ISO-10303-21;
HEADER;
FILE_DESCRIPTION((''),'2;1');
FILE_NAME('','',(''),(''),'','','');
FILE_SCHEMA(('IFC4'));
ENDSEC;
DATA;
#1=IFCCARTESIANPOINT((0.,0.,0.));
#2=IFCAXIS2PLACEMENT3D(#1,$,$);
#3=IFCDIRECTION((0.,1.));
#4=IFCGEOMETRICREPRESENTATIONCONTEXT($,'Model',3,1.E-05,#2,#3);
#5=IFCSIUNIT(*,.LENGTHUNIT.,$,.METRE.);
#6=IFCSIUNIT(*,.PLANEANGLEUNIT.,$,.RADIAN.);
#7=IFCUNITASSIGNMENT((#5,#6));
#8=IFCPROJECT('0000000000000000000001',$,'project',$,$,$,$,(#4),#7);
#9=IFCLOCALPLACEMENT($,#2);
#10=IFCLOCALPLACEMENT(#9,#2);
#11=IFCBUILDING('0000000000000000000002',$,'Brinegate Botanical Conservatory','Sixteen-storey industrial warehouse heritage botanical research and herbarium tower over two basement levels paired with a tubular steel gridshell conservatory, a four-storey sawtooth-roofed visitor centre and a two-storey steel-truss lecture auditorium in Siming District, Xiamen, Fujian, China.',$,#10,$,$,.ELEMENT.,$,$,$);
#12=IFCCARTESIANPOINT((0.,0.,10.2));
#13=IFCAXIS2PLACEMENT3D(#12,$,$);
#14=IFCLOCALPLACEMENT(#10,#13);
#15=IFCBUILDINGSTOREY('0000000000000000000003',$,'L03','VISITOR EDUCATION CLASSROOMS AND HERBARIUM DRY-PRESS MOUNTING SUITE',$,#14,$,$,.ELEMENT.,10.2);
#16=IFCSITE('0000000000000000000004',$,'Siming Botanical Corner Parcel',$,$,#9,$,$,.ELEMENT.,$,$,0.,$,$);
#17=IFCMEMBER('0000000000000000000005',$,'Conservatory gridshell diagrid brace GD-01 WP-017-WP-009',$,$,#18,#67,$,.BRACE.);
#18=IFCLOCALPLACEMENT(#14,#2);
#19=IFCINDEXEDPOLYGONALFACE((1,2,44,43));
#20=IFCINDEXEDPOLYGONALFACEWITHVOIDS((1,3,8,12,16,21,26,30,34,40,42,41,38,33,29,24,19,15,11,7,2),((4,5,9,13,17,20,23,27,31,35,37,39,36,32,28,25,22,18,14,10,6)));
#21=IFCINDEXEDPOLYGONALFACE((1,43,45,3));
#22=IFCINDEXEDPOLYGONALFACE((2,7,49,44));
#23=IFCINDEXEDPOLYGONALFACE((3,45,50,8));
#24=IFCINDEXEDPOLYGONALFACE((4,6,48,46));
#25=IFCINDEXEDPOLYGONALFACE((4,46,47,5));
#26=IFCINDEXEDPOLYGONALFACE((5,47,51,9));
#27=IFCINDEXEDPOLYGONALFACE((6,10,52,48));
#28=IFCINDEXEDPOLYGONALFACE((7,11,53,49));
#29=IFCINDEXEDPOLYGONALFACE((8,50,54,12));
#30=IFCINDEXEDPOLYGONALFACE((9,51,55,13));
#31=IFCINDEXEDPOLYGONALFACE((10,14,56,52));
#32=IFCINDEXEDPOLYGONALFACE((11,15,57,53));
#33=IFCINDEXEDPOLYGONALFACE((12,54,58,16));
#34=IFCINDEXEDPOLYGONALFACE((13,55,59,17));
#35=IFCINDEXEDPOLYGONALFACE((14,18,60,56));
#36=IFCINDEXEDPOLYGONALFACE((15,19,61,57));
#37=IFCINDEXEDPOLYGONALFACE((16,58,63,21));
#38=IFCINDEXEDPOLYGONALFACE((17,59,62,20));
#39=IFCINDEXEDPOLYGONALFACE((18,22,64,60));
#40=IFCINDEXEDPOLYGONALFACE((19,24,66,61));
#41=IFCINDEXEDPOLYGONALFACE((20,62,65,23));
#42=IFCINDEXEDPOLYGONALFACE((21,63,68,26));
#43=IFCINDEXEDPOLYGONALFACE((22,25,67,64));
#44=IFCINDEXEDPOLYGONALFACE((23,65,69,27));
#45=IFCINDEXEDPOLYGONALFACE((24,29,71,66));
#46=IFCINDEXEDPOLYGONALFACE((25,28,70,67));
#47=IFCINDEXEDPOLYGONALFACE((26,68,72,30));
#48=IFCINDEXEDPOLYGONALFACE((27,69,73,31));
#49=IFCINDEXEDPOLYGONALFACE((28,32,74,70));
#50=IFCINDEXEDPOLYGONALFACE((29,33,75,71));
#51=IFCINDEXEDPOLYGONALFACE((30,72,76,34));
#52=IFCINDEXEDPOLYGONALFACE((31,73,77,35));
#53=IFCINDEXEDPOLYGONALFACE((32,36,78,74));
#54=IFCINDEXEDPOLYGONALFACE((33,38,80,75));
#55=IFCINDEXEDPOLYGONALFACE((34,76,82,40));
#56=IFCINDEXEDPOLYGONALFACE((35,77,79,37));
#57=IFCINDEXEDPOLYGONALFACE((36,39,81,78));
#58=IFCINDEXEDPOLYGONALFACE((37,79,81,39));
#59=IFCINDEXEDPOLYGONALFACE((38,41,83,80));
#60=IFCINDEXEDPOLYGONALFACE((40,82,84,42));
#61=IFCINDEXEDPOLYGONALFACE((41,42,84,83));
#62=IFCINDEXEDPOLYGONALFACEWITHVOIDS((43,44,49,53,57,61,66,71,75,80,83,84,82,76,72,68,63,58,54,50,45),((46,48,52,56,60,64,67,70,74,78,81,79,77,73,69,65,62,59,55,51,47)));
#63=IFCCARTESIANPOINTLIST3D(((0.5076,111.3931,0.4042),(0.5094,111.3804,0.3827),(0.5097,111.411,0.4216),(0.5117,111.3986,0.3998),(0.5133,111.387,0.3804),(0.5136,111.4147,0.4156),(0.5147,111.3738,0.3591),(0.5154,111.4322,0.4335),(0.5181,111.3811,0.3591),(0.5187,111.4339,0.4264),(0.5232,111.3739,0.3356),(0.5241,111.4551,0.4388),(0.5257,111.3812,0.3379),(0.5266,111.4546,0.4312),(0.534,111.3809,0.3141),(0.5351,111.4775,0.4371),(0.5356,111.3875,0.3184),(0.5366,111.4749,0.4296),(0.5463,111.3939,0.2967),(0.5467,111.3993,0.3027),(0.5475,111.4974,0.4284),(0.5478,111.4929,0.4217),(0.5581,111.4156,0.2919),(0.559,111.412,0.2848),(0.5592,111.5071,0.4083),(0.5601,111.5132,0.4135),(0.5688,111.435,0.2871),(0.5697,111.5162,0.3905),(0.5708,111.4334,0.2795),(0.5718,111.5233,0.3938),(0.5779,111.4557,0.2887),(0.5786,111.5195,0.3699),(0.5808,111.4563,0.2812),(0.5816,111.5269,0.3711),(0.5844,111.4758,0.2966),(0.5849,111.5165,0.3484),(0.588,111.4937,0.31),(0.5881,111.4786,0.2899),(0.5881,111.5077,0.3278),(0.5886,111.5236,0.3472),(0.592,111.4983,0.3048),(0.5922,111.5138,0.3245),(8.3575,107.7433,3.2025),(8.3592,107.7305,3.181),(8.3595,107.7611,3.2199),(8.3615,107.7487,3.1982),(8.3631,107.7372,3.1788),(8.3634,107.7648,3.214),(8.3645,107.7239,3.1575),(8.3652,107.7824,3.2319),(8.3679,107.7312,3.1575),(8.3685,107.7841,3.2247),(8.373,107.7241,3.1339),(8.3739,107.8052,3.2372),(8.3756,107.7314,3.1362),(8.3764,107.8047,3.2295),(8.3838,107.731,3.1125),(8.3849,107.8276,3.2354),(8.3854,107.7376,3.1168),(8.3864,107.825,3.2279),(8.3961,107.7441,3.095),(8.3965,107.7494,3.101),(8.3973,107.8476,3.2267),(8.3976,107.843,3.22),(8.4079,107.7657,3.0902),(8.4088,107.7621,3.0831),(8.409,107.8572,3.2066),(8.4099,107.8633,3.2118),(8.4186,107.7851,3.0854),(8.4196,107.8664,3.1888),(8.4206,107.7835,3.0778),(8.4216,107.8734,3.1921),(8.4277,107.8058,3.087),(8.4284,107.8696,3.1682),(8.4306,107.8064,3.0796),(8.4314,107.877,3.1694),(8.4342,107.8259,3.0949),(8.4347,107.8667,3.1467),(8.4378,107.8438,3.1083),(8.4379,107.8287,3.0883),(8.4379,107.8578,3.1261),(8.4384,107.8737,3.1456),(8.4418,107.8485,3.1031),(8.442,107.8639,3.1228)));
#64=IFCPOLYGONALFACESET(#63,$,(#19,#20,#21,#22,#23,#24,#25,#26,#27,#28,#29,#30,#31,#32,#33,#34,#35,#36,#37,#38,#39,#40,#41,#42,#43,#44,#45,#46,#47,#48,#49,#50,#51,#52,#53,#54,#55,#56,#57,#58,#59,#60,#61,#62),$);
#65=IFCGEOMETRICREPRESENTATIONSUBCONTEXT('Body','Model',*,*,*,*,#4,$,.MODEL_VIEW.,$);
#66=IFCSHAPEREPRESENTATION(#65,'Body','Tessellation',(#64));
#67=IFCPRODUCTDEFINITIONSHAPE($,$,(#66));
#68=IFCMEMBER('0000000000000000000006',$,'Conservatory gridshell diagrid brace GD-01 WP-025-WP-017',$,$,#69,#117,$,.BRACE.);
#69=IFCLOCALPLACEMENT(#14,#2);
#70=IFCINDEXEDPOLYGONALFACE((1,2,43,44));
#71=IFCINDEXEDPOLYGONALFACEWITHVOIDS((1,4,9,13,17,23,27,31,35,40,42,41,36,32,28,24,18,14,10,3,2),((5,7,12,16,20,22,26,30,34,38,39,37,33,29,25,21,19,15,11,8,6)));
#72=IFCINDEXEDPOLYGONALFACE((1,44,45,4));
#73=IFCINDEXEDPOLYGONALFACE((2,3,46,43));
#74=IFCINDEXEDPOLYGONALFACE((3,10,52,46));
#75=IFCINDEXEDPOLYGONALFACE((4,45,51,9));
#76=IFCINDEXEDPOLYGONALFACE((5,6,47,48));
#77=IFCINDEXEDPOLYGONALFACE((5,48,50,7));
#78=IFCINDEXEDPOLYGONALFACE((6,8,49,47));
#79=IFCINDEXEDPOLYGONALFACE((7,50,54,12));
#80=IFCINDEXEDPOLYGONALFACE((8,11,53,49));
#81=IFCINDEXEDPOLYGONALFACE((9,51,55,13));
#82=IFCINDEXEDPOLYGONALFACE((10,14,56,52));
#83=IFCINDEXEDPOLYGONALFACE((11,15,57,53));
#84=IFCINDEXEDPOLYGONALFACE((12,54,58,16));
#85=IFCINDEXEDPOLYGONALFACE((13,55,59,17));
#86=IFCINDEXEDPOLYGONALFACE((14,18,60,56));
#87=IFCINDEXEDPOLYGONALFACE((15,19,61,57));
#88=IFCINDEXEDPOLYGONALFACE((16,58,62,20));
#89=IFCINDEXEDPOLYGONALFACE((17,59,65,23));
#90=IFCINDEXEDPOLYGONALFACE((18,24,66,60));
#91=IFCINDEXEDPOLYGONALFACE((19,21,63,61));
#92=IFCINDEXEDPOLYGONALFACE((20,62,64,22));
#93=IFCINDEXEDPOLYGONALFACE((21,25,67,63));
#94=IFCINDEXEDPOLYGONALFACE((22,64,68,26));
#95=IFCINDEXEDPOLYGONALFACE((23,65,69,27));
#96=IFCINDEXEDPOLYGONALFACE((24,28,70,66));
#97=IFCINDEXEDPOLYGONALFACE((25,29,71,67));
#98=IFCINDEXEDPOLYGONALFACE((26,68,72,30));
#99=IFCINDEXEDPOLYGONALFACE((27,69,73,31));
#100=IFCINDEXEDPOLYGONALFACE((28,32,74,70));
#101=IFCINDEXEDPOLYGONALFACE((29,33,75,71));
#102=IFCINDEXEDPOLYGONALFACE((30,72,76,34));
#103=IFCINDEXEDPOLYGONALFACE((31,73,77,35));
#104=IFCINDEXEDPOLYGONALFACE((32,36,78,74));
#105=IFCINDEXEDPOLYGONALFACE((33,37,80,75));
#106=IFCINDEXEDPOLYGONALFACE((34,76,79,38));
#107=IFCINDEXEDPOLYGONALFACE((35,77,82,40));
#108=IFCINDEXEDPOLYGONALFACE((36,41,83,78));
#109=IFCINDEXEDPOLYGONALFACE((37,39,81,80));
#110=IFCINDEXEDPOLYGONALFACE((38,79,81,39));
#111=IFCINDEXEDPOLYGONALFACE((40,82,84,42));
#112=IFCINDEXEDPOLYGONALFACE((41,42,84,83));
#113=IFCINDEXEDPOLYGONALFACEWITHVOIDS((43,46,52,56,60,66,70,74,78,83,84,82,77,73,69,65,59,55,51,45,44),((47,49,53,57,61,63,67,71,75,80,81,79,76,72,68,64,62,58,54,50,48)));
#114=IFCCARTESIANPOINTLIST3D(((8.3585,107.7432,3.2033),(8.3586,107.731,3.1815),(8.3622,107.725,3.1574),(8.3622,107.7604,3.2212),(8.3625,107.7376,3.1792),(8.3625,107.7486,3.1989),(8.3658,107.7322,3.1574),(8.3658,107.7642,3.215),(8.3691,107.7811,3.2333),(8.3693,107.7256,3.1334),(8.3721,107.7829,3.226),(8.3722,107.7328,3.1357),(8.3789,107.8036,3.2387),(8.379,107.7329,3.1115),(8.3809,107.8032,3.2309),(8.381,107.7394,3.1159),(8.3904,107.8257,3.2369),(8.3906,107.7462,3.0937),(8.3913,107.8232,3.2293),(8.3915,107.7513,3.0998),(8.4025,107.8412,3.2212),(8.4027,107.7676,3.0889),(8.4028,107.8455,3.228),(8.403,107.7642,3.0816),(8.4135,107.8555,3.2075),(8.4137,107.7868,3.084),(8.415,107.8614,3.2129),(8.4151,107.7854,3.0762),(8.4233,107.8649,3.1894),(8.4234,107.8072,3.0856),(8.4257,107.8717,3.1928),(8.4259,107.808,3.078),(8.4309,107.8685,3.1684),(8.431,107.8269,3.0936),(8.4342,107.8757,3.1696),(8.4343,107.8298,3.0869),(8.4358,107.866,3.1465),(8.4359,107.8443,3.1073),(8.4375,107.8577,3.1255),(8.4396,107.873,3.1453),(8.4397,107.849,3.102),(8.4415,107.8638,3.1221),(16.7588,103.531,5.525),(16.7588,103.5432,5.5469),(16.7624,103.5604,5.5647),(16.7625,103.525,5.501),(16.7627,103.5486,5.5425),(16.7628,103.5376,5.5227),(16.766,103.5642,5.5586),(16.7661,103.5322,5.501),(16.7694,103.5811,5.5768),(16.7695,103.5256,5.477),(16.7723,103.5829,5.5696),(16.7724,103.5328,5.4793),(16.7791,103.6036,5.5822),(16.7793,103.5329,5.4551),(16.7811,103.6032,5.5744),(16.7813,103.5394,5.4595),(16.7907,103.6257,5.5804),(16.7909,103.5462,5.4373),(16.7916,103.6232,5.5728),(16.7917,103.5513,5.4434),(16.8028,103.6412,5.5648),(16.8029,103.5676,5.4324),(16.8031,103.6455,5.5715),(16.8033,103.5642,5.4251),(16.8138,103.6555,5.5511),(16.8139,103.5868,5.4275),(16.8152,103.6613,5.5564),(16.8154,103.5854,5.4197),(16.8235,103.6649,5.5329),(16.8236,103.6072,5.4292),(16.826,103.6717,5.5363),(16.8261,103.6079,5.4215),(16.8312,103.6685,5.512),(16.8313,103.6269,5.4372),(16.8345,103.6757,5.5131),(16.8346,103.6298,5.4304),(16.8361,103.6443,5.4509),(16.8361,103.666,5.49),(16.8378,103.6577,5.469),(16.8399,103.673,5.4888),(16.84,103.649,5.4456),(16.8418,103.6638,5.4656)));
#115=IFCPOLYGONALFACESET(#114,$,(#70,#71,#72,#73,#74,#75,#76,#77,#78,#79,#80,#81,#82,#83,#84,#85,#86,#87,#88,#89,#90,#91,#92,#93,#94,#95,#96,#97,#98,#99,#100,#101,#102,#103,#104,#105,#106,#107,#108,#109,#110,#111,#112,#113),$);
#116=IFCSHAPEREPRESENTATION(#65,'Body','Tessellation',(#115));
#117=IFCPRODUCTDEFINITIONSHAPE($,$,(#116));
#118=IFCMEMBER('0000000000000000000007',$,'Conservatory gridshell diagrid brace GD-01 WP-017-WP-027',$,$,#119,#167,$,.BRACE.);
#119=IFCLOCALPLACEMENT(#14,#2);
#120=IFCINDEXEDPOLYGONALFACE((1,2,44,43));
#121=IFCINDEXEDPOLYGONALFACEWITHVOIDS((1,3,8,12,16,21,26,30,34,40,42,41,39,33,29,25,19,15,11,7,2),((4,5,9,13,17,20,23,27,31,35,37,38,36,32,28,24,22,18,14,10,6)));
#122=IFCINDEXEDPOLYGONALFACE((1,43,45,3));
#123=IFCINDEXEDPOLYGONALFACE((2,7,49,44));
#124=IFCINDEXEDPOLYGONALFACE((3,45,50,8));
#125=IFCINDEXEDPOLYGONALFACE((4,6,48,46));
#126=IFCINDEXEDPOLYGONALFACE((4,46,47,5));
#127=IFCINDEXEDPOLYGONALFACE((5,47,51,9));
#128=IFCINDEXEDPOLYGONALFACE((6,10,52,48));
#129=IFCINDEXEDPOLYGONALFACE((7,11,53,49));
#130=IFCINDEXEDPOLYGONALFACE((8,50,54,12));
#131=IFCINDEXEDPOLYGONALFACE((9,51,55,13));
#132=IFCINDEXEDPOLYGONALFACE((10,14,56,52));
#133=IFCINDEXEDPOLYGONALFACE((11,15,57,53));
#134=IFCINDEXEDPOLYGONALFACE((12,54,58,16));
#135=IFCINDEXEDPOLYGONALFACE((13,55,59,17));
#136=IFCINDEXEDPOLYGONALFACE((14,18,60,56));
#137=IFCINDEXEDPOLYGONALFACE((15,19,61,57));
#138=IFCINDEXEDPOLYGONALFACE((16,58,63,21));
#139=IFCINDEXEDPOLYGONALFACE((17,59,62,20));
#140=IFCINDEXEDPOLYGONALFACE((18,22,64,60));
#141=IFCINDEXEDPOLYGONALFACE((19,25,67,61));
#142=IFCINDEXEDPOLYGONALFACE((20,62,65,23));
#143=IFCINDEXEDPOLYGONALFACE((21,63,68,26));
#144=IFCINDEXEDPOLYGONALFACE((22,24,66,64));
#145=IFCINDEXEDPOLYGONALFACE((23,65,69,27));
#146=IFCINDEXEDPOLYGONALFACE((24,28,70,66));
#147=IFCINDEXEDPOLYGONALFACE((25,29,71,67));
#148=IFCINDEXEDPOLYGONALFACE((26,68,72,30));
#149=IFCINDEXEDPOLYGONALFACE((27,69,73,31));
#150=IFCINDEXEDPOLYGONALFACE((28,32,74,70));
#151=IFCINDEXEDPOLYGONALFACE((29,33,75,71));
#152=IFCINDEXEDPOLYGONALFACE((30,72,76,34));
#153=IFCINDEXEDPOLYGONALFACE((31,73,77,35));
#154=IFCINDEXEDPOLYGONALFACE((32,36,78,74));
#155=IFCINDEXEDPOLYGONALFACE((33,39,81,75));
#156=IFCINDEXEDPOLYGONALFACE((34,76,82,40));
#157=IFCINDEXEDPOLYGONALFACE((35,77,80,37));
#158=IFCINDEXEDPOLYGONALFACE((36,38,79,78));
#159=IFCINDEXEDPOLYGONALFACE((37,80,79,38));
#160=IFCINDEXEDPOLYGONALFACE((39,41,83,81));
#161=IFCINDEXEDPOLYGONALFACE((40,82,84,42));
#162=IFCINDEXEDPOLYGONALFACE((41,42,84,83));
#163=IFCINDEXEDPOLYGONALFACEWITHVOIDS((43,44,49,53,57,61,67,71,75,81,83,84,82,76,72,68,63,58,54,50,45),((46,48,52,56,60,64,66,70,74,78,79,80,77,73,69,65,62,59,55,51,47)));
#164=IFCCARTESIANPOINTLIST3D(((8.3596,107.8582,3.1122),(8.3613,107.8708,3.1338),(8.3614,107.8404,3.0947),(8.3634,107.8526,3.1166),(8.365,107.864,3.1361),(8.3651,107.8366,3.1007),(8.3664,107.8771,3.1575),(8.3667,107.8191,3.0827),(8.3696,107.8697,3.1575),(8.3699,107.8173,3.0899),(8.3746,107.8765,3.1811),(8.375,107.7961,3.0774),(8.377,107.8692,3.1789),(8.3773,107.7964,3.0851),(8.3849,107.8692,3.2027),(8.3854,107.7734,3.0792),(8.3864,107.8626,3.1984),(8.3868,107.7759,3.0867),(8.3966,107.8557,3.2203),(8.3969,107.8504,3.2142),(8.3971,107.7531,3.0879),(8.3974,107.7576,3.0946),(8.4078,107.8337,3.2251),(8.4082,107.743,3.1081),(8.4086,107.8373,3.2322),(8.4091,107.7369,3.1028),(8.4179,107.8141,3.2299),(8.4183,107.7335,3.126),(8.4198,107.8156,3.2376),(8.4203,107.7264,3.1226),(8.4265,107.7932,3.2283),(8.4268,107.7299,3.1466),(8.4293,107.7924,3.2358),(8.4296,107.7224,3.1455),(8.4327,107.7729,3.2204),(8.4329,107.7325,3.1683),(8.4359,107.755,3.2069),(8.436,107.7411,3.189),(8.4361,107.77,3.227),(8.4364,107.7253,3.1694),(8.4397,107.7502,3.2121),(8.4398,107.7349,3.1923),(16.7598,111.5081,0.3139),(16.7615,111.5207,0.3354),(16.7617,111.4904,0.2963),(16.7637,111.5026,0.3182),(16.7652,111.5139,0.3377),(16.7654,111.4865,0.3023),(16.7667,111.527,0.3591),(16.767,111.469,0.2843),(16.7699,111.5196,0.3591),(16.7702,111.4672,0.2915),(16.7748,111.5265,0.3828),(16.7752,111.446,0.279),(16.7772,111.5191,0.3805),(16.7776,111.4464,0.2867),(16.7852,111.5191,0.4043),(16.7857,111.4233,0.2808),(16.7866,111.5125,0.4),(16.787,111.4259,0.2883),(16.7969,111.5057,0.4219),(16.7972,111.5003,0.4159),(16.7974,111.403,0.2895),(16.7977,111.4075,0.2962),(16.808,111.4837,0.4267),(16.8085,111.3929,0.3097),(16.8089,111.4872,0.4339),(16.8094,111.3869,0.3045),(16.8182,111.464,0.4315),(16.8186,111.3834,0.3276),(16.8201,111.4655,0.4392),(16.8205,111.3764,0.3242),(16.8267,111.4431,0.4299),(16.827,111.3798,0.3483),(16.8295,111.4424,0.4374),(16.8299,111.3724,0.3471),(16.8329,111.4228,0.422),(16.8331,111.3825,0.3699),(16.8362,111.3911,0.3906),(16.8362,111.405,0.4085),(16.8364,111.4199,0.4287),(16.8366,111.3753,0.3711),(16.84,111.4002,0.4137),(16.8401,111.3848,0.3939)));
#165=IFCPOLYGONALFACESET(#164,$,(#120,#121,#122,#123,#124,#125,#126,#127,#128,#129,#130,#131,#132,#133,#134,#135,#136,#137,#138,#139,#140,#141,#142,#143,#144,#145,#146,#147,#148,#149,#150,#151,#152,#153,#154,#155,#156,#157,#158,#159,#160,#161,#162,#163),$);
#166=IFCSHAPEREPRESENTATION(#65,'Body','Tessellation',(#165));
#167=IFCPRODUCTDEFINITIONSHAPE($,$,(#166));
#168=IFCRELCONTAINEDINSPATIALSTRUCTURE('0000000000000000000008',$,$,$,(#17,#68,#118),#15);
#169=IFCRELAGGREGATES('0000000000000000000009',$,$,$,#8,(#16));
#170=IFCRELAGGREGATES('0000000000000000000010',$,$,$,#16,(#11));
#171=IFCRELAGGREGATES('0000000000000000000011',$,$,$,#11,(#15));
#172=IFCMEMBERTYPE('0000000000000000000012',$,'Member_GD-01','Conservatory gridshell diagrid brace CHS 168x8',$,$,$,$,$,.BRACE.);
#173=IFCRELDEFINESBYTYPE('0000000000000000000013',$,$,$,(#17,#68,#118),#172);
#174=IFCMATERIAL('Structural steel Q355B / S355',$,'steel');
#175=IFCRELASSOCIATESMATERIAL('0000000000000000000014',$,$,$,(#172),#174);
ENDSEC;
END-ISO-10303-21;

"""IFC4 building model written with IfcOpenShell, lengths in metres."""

from ifc_helpers import new_model, si_unit, direction, frame, origin, origin_2d, place, context, subcontext, project, spatial, hollow_circle, extrude, material, material_profile, profile_set, type_object, element, save


model = new_model("IFC4")

# Units and contexts
model_context = context("Model", 3, precision=1e-05, world=origin(), true_north=direction((0.0, 1.0)))
body_context = subcontext(model_context, "Body", "Model", "MODEL_VIEW")
ifc_project = project(units=[si_unit("LENGTHUNIT", "METRE"), si_unit("PLANEANGLEUNIT", "RADIAN")], contexts=[model_context])

# Site, building, storey
site_placement = place(None, origin())
site = spatial("IfcSite", under=ifc_project, at=site_placement, Name="Siming Botanical Corner Parcel", CompositionType="ELEMENT", RefElevation=0.0)
building_placement = place(site_placement, origin())
building = spatial("IfcBuilding", under=site, at=building_placement, Name="Brinegate Botanical Conservatory", Description="Sixteen-storey industrial warehouse heritage botanical research and herbarium tower over two basement levels paired with a tubular steel gridshell conservatory, a four-storey sawtooth-roofed visitor centre and a two-storey steel-truss lecture auditorium in Siming District, Xiamen, Fujian, China.", CompositionType="ELEMENT")
storey_placement = place(building_placement, frame((0.0, 0.0, 10.2)))
storey = spatial("IfcBuildingStorey", under=building, at=storey_placement, Name="L03", Description="VISITOR EDUCATION CLASSROOMS AND HERBARIUM DRY-PRESS MOUNTING SUITE", CompositionType="ELEMENT", Elevation=10.2)

# Shared definitions
ifc_material_1 = material(Name="Structural steel Q355B / S355", Category="steel")

# Members
ifc_material_profile_1 = material_profile(ifc_material_1, hollow_circle(Radius=0.084, WallThickness=0.0081, at=origin_2d()), Name="CHS 168x8")
ifc_profile_set_1 = profile_set([ifc_material_profile_1], Name="Structural steel Q355B / S355")
member_type_1 = type_object("IfcMemberType", Name="Member_GD-01", Description="Conservatory gridshell diagrid brace CHS 168x8", PredefinedType="BRACE", material=ifc_profile_set_1)
member_1_placement = place(storey_placement, frame((8.3999, 107.8, 3.1575), z_axis=(-0.862816, 0.401179, -0.307579), x_axis=(-0.421618, -0.906774, 0.0)))
element("IfcMember", 1, at=member_1_placement, inside=storey, type_object=member_type_1, Name="Conservatory gridshell diagrid brace GD-01 WP-017-WP-009", PredefinedType="BRACE", context=body_context, shape_type="SweptSolid", body=[
    extrude(hollow_circle(Radius=0.084, WallThickness=0.0081, at=origin_2d()), origin(), (0.0, 0.0, 1.0), 9.0979),
])
member_2_placement = place(storey_placement, frame((16.8, 103.6001, 5.501), z_axis=(-0.867822, 0.433899, -0.242108), x_axis=(-0.447203, -0.894432, 0.0)))
element("IfcMember", 2, at=member_2_placement, inside=storey, type_object=member_type_1, Name="Conservatory gridshell diagrid brace GD-01 WP-025-WP-017", PredefinedType="BRACE", context=body_context, shape_type="SweptSolid", body=[
    extrude(hollow_circle(Radius=0.084, WallThickness=0.0081, at=origin_2d()), origin(), (0.0, 0.0, 1.0), 9.6797),
])
member_3_placement = place(storey_placement, frame((8.3999, 107.8, 3.1575), z_axis=(0.877136, 0.381119, -0.2922), x_axis=(-0.398512, 0.917163, 0.0)))
element("IfcMember", 3, at=member_3_placement, inside=storey, type_object=member_type_1, Name="Conservatory gridshell diagrid brace GD-01 WP-017-WP-027", PredefinedType="BRACE", context=body_context, shape_type="SweptSolid", body=[
    extrude(hollow_circle(Radius=0.084, WallThickness=0.0081, at=origin_2d()), origin(), (0.0, 0.0, 1.0), 9.5769),
])

save(model, "model.ifc")
